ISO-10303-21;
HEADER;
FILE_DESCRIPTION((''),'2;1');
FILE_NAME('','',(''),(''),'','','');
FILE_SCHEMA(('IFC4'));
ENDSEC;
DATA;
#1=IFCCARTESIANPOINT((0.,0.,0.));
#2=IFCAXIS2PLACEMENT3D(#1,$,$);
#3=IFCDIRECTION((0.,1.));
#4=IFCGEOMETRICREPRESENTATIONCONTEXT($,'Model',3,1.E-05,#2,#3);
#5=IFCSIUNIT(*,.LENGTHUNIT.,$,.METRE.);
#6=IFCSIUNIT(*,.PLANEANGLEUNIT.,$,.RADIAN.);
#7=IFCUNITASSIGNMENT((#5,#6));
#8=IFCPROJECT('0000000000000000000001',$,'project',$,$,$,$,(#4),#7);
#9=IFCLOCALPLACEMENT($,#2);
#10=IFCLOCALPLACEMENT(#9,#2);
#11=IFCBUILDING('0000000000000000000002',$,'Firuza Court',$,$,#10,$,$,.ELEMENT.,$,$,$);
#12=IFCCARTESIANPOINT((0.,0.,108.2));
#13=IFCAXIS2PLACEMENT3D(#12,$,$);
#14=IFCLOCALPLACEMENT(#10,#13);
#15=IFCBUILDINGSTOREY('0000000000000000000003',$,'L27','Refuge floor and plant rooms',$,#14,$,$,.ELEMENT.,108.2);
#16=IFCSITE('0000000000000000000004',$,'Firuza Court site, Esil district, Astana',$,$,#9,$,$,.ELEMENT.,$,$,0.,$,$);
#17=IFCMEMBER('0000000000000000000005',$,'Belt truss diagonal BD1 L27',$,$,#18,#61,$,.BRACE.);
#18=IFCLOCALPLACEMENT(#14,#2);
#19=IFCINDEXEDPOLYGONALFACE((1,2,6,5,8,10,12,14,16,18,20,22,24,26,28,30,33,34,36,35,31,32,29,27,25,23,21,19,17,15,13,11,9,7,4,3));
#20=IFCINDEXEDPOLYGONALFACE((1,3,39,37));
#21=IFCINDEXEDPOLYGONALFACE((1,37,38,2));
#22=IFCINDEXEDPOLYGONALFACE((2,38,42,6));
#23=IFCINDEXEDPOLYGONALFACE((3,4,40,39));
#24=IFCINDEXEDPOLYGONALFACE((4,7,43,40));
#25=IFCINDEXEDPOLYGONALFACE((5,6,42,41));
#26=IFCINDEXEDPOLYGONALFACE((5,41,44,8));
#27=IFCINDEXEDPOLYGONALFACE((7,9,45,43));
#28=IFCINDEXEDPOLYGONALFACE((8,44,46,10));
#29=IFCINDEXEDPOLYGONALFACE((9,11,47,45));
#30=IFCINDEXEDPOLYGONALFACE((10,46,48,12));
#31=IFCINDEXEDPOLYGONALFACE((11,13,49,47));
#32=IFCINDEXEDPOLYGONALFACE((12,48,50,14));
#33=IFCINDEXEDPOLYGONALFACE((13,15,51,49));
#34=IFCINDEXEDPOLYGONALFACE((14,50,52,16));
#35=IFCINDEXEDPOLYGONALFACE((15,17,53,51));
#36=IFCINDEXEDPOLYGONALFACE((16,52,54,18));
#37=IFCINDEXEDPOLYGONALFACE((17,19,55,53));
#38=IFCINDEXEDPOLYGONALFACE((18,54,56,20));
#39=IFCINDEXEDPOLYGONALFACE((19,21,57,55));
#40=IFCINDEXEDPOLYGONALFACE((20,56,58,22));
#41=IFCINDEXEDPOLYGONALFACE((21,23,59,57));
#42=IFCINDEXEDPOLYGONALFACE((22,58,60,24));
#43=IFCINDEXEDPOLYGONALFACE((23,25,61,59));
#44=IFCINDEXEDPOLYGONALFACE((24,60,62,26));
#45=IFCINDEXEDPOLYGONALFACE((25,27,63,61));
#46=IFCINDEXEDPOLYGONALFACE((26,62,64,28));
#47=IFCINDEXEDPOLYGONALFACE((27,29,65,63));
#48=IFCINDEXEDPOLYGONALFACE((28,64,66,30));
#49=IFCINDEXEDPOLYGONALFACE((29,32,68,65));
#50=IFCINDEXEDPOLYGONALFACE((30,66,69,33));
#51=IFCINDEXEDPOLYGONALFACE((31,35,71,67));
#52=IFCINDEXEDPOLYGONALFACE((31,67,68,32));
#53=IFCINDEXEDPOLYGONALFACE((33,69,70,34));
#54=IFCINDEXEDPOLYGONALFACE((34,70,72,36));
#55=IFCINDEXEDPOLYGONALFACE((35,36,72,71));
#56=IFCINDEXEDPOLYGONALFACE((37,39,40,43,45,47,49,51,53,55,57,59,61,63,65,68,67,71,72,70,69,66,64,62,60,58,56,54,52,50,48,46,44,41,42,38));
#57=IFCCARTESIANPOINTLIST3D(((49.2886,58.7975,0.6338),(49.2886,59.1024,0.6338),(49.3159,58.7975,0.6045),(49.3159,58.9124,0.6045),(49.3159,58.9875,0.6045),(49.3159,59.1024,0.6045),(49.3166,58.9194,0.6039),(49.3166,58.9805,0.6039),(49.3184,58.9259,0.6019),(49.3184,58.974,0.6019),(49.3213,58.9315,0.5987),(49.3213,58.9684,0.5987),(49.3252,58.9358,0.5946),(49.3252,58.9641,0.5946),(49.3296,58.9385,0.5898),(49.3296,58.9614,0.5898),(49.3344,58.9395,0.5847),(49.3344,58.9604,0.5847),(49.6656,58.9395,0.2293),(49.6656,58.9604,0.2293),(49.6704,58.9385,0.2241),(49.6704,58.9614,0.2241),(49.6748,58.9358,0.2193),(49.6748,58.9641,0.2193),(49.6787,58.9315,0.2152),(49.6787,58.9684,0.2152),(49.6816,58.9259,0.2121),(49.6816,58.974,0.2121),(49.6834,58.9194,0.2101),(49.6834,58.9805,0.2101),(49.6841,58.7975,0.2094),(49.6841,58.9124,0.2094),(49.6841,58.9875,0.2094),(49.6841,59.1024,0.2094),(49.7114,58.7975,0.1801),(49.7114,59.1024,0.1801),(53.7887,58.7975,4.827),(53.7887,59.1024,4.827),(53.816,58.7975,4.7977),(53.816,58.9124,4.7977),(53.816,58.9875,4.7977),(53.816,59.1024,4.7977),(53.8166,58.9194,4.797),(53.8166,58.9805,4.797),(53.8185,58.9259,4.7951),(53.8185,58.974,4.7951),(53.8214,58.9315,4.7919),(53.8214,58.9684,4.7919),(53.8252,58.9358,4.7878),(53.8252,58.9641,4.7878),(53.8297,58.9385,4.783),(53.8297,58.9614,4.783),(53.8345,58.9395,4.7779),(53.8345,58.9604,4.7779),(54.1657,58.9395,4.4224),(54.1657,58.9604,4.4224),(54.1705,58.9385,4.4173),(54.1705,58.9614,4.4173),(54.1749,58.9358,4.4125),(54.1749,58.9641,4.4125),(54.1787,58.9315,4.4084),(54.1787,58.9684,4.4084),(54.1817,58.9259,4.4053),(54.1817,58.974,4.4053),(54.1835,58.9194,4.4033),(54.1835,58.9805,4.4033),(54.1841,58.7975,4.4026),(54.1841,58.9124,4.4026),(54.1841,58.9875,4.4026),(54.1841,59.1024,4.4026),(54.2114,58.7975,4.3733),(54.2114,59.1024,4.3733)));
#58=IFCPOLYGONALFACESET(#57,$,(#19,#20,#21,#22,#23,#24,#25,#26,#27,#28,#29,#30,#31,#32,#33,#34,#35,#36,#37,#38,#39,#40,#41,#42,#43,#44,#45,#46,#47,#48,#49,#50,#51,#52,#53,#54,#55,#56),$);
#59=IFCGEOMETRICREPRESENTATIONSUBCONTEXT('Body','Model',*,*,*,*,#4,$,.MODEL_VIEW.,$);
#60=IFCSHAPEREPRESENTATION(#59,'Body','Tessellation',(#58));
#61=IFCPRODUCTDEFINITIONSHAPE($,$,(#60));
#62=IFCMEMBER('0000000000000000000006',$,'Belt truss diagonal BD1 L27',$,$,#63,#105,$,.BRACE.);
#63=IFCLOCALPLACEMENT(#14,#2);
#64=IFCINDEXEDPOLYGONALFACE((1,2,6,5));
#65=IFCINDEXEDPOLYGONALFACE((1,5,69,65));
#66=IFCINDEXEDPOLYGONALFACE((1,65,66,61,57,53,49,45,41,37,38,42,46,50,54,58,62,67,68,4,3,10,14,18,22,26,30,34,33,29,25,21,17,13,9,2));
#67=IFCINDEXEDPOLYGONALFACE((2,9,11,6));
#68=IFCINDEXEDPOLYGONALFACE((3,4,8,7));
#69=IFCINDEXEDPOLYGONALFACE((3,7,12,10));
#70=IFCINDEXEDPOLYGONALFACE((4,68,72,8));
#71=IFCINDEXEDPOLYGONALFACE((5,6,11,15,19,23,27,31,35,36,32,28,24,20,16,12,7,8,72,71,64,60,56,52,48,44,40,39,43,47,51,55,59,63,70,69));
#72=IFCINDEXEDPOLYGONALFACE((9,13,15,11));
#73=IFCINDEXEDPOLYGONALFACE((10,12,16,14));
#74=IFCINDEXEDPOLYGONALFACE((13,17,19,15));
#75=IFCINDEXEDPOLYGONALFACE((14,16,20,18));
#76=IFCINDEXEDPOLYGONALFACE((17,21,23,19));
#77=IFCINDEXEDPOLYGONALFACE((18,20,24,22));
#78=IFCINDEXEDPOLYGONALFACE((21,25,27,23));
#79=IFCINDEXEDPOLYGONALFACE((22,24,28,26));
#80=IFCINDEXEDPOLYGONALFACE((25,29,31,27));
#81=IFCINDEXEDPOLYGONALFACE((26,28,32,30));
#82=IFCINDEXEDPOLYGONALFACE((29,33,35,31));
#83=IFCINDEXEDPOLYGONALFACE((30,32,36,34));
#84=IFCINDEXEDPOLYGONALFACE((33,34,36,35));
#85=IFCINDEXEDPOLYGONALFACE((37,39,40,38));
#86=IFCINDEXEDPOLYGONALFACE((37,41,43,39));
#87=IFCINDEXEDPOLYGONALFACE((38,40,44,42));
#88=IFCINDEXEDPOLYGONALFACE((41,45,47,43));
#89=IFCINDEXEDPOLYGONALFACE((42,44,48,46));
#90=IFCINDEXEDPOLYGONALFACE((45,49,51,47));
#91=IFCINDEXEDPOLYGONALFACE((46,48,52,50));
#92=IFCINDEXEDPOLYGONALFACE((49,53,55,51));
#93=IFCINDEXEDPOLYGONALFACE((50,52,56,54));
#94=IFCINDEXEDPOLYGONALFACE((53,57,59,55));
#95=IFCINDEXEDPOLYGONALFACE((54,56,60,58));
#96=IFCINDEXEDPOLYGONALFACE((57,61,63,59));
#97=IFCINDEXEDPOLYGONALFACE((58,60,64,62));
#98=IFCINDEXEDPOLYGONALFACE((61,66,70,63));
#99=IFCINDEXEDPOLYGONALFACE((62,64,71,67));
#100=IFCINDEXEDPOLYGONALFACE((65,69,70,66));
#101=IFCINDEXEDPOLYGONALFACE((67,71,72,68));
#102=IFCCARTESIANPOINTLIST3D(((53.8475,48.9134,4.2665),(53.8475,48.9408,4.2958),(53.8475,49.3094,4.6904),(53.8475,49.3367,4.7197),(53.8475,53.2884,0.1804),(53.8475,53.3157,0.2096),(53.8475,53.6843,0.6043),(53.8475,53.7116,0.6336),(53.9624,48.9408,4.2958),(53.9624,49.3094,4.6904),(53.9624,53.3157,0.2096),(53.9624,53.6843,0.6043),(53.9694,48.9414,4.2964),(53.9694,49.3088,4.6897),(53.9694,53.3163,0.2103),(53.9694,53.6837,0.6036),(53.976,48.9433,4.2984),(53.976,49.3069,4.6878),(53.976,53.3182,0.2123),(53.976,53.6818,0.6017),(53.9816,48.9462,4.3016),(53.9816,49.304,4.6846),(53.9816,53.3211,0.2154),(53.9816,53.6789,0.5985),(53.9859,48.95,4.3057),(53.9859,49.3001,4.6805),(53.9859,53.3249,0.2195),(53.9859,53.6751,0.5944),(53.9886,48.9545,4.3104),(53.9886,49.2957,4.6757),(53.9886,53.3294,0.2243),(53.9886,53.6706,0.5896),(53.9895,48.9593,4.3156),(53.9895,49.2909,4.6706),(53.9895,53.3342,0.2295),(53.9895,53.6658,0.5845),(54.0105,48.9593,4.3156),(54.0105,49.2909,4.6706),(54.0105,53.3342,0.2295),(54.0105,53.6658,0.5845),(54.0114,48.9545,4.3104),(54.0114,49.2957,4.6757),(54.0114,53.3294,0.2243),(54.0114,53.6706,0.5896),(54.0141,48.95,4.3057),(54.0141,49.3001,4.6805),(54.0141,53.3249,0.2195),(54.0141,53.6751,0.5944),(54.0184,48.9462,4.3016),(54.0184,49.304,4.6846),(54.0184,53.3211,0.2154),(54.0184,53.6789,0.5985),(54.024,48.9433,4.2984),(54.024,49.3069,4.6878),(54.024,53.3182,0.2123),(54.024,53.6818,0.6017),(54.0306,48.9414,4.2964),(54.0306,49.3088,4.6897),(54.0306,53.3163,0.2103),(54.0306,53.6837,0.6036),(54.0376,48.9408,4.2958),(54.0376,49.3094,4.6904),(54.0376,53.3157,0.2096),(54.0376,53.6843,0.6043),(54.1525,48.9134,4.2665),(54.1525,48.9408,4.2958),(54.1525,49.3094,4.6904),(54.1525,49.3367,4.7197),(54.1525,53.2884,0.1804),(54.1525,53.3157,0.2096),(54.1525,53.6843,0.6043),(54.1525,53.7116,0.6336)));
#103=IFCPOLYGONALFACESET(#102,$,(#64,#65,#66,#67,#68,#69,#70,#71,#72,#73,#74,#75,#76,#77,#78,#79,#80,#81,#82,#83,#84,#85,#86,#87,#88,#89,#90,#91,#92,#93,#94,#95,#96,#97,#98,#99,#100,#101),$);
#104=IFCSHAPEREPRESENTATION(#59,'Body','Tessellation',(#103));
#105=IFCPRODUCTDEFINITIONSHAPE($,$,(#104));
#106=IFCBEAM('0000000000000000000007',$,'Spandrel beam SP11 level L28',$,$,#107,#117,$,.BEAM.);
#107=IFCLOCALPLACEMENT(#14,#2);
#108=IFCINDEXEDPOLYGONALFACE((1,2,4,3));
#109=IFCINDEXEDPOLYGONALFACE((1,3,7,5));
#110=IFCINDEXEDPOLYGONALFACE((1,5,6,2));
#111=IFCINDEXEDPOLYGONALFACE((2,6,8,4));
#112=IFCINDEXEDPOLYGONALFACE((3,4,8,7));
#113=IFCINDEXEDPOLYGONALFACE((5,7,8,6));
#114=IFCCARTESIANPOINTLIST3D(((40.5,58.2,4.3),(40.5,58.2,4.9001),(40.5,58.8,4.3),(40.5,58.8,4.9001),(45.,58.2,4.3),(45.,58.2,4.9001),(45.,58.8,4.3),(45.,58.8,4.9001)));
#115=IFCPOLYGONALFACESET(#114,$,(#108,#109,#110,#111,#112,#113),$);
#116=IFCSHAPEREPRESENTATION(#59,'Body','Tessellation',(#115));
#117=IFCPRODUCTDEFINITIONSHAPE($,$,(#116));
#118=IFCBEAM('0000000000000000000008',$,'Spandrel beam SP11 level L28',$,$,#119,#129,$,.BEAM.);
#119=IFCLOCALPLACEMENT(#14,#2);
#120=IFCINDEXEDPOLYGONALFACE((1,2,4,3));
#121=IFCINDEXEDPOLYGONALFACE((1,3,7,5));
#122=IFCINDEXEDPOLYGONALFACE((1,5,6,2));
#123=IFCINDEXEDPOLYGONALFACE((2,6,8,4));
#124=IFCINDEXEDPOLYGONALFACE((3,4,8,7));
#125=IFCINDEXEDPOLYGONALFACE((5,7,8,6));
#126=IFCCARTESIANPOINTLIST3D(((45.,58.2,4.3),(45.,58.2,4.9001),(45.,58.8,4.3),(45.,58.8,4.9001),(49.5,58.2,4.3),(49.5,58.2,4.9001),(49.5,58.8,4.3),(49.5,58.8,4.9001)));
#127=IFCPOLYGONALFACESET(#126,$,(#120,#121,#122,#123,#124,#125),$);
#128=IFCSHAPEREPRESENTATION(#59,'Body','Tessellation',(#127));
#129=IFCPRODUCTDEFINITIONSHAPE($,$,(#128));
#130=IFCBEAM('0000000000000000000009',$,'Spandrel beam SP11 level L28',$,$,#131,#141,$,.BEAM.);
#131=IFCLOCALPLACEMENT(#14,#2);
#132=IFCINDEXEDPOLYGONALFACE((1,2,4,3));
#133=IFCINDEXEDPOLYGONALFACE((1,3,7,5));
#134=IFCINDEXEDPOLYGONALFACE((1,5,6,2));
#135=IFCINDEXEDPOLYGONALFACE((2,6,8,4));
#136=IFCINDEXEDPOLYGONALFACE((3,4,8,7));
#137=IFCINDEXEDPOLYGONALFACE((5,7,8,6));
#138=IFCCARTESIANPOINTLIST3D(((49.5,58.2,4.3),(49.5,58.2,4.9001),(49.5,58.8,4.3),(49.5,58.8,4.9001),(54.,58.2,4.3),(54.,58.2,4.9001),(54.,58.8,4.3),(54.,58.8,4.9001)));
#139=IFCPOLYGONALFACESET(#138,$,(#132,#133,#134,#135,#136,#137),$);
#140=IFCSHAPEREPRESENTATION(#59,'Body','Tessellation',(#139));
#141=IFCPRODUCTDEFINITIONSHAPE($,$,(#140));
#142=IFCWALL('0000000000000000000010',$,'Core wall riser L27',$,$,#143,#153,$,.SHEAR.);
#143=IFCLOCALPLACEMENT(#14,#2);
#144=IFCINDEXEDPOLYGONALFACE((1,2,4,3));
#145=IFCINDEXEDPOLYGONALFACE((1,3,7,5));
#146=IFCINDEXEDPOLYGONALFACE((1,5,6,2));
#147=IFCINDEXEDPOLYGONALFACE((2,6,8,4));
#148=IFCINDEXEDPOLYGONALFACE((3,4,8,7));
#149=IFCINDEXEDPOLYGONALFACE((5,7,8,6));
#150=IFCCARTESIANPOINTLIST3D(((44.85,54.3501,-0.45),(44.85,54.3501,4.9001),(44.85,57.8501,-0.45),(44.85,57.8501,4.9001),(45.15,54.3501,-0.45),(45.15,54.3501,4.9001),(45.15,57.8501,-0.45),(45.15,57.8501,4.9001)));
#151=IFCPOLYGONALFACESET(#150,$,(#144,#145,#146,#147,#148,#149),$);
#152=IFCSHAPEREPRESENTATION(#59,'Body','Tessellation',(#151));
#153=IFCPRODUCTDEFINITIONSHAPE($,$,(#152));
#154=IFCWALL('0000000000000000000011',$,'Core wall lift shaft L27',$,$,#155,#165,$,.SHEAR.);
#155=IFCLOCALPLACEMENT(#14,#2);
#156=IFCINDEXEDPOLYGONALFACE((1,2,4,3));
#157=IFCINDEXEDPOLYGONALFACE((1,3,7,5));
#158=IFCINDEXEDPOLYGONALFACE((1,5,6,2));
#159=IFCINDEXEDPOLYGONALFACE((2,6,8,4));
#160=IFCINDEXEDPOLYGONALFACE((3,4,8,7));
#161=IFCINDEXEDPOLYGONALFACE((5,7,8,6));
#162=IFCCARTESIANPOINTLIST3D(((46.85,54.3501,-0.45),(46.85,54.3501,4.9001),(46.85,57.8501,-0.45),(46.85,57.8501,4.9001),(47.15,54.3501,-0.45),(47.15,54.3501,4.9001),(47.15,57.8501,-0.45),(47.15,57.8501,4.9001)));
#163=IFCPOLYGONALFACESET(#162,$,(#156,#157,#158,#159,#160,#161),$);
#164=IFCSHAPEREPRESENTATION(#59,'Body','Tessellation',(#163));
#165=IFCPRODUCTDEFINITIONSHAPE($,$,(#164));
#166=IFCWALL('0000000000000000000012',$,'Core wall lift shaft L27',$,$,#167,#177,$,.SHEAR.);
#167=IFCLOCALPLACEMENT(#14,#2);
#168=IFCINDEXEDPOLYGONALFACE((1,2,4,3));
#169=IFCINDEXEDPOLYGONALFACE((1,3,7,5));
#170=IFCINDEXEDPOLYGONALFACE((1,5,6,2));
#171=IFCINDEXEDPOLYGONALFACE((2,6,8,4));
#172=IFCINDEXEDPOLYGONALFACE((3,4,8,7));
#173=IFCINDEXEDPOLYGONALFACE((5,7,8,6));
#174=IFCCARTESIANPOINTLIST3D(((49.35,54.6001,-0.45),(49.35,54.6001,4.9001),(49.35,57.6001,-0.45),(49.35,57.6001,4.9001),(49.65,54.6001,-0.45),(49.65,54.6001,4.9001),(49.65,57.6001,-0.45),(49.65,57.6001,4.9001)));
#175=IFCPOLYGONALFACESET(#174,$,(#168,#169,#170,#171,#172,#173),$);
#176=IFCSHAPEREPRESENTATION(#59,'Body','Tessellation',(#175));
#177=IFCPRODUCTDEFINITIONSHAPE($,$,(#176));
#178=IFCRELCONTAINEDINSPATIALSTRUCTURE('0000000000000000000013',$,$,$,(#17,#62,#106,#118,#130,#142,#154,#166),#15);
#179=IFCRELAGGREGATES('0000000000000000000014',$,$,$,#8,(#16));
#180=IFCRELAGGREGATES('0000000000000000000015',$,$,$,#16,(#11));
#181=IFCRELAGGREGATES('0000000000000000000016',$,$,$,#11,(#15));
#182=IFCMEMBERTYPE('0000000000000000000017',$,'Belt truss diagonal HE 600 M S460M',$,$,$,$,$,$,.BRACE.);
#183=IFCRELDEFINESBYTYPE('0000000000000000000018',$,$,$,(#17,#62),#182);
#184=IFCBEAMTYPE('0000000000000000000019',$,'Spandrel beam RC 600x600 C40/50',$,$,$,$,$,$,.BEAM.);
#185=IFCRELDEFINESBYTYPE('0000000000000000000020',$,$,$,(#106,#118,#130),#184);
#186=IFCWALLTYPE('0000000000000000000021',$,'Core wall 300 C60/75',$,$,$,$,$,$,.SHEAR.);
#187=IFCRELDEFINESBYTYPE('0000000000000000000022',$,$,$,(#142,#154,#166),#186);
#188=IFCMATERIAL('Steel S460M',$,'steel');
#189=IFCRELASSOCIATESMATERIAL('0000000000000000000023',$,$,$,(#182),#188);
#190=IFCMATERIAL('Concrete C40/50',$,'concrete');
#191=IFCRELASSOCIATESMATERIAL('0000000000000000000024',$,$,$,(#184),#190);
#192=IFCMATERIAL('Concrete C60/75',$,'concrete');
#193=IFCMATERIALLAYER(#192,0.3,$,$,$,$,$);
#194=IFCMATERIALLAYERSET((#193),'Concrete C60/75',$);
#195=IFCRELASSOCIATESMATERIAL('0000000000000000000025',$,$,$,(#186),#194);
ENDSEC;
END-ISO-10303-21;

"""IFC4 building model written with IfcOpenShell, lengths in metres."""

from ifc_helpers import new_model, si_unit, direction, frame, frame_2d, origin, origin_2d, place, context, subcontext, project, spatial, rectangle, i_section, extrude, material, layer, layer_set, material_profile, profile_set, type_object, element, save


model = new_model("IFC4")

# Units and contexts
model_context = context("Model", 3, precision=1e-05, world=origin(), true_north=direction((0.0, 1.0)))
body_context = subcontext(model_context, "Body", "Model", "MODEL_VIEW")
ifc_project = project(units=[si_unit("LENGTHUNIT", "METRE"), si_unit("PLANEANGLEUNIT", "RADIAN")], contexts=[model_context])

# Site, building, storey
site_placement = place(None, origin())
site = spatial("IfcSite", under=ifc_project, at=site_placement, Name="Firuza Court site, Esil district, Astana", CompositionType="ELEMENT", RefElevation=0.0)
building_placement = place(site_placement, origin())
building = spatial("IfcBuilding", under=site, at=building_placement, Name="Firuza Court", CompositionType="ELEMENT")
storey_placement = place(building_placement, frame((0.0, 0.0, 108.2)))
storey = spatial("IfcBuildingStorey", under=building, at=storey_placement, Name="L27", Description="Refuge floor and plant rooms", CompositionType="ELEMENT", Elevation=108.2)

# Members
ifc_material_1 = material(Name="Steel S460M", Category="steel")
ifc_material_profile_1 = material_profile(ifc_material_1, i_section(OverallWidth=0.3049, OverallDepth=0.6201, WebThickness=0.021, FlangeThickness=0.04, FilletRadius=0.0271, at=origin_2d()), Name="HE 600 M")
ifc_profile_set_1 = profile_set([ifc_material_profile_1], Name="Steel S460M")
member_type_1 = type_object("IfcMemberType", Name="Belt truss diagonal HE 600 M S460M", PredefinedType="BRACE", material=ifc_profile_set_1)
member_1_placement = place(storey_placement, frame((49.5, 58.95, 0.407), z_axis=(0.731613, 0.0, 0.68172), x_axis=(0.0, 1.0, 0.0)))
element("IfcMember", 1, at=member_1_placement, inside=storey, type_object=member_type_1, Name="Belt truss diagonal BD1 L27", PredefinedType="BRACE", context=body_context, shape_type="SweptSolid", body=[
    extrude(i_section(OverallWidth=0.3049, OverallDepth=0.6201, WebThickness=0.021, FlangeThickness=0.04, FilletRadius=0.0271, at=origin_2d()), origin(), (0.0, 0.0, 1.0), 6.1509),
])
member_2_placement = place(storey_placement, frame((54.0, 53.5, 0.407), z_axis=(0.0, -0.730818, 0.682572), x_axis=(1.0, 0.0, 0.0)))
element("IfcMember", 2, at=member_2_placement, inside=storey, type_object=member_type_1, Name="Belt truss diagonal BD1 L27", PredefinedType="BRACE", context=body_context, shape_type="SweptSolid", body=[
    extrude(i_section(OverallWidth=0.3049, OverallDepth=0.6201, WebThickness=0.021, FlangeThickness=0.04, FilletRadius=0.0271, at=origin_2d()), origin(), (0.0, 0.0, 1.0), 5.9863),
])

# Beams
ifc_material_2 = material(Name="Concrete C40/50", Category="concrete")
ifc_material_profile_2 = material_profile(ifc_material_2, rectangle(XDim=0.6001, YDim=0.6001, at=origin_2d()), Name="RC 600x600")
ifc_profile_set_2 = profile_set([ifc_material_profile_2], Name="Concrete C40/50")
beam_type = type_object("IfcBeamType", Name="Spandrel beam RC 600x600 C40/50", PredefinedType="BEAM", material=ifc_profile_set_2)
for number, where, z_axis, x_axis, name in (
    (3, (45.0, 58.5, 4.6001), (-1.0, 0.0, 0.0), (0.0, -1.0, 0.0), "Spandrel beam SP11 level L28"),
    (4, (49.5, 58.5, 4.6001), (-1.0, 0.0, 0.0), (0.0, -1.0, 0.0), "Spandrel beam SP11 level L28"),
    (5, (54.0, 58.5, 4.6001), (-1.0, 0.0, 0.0), (0.0, -1.0, 0.0), "Spandrel beam SP11 level L28"),
):
    element("IfcBeam", number, at=place(storey_placement, frame(where, z_axis=z_axis, x_axis=x_axis)), inside=storey, type_object=beam_type, Name=name, PredefinedType="BEAM", context=body_context, shape_type="SweptSolid", body=[
        extrude(rectangle(XDim=0.6001, YDim=0.6001, at=origin_2d()), origin(), (0.0, 0.0, 1.0), 4.5),
    ])

# Walls
ifc_material_3 = material(Name="Concrete C60/75", Category="concrete")
ifc_layer_1 = layer(ifc_material_3, 0.3)
ifc_layer_set_1 = layer_set([ifc_layer_1], Name="Concrete C60/75")
wall_type_1 = type_object("IfcWallType", Name="Core wall 300 C60/75", PredefinedType="SHEAR", material=ifc_layer_set_1)
for number, where, z_axis, x_axis, name in (
    (6, (45.0, 54.3501, -0.45), (0.0, 0.0, 1.0), (0.0, 1.0, 0.0), "Core wall riser L27"),
    (7, (47.0, 54.3501, -0.45), (0.0, 0.0, 1.0), (0.0, 1.0, 0.0), "Core wall lift shaft L27"),
):
    element("IfcWall", number, at=place(storey_placement, frame(where, z_axis=z_axis, x_axis=x_axis)), inside=storey, type_object=wall_type_1, Name=name, PredefinedType="SHEAR", context=body_context, shape_type="SweptSolid", body=[
        extrude(rectangle(XDim=3.5, YDim=0.3, at=frame_2d((1.75, 0.0))), origin(), (0.0, 0.0, 1.0), 5.3501),
    ])
wall_1_placement = place(storey_placement, frame((49.5, 54.6001, -0.45), z_axis=(0.0, 0.0, 1.0), x_axis=(0.0, 1.0, 0.0)))
element("IfcWall", 8, at=wall_1_placement, inside=storey, type_object=wall_type_1, Name="Core wall lift shaft L27", PredefinedType="SHEAR", context=body_context, shape_type="SweptSolid", body=[
    extrude(rectangle(XDim=3.0, YDim=0.3, at=frame_2d((1.5, 0.0))), origin(), (0.0, 0.0, 1.0), 5.3501),
])

save(model, "model.ifc")
